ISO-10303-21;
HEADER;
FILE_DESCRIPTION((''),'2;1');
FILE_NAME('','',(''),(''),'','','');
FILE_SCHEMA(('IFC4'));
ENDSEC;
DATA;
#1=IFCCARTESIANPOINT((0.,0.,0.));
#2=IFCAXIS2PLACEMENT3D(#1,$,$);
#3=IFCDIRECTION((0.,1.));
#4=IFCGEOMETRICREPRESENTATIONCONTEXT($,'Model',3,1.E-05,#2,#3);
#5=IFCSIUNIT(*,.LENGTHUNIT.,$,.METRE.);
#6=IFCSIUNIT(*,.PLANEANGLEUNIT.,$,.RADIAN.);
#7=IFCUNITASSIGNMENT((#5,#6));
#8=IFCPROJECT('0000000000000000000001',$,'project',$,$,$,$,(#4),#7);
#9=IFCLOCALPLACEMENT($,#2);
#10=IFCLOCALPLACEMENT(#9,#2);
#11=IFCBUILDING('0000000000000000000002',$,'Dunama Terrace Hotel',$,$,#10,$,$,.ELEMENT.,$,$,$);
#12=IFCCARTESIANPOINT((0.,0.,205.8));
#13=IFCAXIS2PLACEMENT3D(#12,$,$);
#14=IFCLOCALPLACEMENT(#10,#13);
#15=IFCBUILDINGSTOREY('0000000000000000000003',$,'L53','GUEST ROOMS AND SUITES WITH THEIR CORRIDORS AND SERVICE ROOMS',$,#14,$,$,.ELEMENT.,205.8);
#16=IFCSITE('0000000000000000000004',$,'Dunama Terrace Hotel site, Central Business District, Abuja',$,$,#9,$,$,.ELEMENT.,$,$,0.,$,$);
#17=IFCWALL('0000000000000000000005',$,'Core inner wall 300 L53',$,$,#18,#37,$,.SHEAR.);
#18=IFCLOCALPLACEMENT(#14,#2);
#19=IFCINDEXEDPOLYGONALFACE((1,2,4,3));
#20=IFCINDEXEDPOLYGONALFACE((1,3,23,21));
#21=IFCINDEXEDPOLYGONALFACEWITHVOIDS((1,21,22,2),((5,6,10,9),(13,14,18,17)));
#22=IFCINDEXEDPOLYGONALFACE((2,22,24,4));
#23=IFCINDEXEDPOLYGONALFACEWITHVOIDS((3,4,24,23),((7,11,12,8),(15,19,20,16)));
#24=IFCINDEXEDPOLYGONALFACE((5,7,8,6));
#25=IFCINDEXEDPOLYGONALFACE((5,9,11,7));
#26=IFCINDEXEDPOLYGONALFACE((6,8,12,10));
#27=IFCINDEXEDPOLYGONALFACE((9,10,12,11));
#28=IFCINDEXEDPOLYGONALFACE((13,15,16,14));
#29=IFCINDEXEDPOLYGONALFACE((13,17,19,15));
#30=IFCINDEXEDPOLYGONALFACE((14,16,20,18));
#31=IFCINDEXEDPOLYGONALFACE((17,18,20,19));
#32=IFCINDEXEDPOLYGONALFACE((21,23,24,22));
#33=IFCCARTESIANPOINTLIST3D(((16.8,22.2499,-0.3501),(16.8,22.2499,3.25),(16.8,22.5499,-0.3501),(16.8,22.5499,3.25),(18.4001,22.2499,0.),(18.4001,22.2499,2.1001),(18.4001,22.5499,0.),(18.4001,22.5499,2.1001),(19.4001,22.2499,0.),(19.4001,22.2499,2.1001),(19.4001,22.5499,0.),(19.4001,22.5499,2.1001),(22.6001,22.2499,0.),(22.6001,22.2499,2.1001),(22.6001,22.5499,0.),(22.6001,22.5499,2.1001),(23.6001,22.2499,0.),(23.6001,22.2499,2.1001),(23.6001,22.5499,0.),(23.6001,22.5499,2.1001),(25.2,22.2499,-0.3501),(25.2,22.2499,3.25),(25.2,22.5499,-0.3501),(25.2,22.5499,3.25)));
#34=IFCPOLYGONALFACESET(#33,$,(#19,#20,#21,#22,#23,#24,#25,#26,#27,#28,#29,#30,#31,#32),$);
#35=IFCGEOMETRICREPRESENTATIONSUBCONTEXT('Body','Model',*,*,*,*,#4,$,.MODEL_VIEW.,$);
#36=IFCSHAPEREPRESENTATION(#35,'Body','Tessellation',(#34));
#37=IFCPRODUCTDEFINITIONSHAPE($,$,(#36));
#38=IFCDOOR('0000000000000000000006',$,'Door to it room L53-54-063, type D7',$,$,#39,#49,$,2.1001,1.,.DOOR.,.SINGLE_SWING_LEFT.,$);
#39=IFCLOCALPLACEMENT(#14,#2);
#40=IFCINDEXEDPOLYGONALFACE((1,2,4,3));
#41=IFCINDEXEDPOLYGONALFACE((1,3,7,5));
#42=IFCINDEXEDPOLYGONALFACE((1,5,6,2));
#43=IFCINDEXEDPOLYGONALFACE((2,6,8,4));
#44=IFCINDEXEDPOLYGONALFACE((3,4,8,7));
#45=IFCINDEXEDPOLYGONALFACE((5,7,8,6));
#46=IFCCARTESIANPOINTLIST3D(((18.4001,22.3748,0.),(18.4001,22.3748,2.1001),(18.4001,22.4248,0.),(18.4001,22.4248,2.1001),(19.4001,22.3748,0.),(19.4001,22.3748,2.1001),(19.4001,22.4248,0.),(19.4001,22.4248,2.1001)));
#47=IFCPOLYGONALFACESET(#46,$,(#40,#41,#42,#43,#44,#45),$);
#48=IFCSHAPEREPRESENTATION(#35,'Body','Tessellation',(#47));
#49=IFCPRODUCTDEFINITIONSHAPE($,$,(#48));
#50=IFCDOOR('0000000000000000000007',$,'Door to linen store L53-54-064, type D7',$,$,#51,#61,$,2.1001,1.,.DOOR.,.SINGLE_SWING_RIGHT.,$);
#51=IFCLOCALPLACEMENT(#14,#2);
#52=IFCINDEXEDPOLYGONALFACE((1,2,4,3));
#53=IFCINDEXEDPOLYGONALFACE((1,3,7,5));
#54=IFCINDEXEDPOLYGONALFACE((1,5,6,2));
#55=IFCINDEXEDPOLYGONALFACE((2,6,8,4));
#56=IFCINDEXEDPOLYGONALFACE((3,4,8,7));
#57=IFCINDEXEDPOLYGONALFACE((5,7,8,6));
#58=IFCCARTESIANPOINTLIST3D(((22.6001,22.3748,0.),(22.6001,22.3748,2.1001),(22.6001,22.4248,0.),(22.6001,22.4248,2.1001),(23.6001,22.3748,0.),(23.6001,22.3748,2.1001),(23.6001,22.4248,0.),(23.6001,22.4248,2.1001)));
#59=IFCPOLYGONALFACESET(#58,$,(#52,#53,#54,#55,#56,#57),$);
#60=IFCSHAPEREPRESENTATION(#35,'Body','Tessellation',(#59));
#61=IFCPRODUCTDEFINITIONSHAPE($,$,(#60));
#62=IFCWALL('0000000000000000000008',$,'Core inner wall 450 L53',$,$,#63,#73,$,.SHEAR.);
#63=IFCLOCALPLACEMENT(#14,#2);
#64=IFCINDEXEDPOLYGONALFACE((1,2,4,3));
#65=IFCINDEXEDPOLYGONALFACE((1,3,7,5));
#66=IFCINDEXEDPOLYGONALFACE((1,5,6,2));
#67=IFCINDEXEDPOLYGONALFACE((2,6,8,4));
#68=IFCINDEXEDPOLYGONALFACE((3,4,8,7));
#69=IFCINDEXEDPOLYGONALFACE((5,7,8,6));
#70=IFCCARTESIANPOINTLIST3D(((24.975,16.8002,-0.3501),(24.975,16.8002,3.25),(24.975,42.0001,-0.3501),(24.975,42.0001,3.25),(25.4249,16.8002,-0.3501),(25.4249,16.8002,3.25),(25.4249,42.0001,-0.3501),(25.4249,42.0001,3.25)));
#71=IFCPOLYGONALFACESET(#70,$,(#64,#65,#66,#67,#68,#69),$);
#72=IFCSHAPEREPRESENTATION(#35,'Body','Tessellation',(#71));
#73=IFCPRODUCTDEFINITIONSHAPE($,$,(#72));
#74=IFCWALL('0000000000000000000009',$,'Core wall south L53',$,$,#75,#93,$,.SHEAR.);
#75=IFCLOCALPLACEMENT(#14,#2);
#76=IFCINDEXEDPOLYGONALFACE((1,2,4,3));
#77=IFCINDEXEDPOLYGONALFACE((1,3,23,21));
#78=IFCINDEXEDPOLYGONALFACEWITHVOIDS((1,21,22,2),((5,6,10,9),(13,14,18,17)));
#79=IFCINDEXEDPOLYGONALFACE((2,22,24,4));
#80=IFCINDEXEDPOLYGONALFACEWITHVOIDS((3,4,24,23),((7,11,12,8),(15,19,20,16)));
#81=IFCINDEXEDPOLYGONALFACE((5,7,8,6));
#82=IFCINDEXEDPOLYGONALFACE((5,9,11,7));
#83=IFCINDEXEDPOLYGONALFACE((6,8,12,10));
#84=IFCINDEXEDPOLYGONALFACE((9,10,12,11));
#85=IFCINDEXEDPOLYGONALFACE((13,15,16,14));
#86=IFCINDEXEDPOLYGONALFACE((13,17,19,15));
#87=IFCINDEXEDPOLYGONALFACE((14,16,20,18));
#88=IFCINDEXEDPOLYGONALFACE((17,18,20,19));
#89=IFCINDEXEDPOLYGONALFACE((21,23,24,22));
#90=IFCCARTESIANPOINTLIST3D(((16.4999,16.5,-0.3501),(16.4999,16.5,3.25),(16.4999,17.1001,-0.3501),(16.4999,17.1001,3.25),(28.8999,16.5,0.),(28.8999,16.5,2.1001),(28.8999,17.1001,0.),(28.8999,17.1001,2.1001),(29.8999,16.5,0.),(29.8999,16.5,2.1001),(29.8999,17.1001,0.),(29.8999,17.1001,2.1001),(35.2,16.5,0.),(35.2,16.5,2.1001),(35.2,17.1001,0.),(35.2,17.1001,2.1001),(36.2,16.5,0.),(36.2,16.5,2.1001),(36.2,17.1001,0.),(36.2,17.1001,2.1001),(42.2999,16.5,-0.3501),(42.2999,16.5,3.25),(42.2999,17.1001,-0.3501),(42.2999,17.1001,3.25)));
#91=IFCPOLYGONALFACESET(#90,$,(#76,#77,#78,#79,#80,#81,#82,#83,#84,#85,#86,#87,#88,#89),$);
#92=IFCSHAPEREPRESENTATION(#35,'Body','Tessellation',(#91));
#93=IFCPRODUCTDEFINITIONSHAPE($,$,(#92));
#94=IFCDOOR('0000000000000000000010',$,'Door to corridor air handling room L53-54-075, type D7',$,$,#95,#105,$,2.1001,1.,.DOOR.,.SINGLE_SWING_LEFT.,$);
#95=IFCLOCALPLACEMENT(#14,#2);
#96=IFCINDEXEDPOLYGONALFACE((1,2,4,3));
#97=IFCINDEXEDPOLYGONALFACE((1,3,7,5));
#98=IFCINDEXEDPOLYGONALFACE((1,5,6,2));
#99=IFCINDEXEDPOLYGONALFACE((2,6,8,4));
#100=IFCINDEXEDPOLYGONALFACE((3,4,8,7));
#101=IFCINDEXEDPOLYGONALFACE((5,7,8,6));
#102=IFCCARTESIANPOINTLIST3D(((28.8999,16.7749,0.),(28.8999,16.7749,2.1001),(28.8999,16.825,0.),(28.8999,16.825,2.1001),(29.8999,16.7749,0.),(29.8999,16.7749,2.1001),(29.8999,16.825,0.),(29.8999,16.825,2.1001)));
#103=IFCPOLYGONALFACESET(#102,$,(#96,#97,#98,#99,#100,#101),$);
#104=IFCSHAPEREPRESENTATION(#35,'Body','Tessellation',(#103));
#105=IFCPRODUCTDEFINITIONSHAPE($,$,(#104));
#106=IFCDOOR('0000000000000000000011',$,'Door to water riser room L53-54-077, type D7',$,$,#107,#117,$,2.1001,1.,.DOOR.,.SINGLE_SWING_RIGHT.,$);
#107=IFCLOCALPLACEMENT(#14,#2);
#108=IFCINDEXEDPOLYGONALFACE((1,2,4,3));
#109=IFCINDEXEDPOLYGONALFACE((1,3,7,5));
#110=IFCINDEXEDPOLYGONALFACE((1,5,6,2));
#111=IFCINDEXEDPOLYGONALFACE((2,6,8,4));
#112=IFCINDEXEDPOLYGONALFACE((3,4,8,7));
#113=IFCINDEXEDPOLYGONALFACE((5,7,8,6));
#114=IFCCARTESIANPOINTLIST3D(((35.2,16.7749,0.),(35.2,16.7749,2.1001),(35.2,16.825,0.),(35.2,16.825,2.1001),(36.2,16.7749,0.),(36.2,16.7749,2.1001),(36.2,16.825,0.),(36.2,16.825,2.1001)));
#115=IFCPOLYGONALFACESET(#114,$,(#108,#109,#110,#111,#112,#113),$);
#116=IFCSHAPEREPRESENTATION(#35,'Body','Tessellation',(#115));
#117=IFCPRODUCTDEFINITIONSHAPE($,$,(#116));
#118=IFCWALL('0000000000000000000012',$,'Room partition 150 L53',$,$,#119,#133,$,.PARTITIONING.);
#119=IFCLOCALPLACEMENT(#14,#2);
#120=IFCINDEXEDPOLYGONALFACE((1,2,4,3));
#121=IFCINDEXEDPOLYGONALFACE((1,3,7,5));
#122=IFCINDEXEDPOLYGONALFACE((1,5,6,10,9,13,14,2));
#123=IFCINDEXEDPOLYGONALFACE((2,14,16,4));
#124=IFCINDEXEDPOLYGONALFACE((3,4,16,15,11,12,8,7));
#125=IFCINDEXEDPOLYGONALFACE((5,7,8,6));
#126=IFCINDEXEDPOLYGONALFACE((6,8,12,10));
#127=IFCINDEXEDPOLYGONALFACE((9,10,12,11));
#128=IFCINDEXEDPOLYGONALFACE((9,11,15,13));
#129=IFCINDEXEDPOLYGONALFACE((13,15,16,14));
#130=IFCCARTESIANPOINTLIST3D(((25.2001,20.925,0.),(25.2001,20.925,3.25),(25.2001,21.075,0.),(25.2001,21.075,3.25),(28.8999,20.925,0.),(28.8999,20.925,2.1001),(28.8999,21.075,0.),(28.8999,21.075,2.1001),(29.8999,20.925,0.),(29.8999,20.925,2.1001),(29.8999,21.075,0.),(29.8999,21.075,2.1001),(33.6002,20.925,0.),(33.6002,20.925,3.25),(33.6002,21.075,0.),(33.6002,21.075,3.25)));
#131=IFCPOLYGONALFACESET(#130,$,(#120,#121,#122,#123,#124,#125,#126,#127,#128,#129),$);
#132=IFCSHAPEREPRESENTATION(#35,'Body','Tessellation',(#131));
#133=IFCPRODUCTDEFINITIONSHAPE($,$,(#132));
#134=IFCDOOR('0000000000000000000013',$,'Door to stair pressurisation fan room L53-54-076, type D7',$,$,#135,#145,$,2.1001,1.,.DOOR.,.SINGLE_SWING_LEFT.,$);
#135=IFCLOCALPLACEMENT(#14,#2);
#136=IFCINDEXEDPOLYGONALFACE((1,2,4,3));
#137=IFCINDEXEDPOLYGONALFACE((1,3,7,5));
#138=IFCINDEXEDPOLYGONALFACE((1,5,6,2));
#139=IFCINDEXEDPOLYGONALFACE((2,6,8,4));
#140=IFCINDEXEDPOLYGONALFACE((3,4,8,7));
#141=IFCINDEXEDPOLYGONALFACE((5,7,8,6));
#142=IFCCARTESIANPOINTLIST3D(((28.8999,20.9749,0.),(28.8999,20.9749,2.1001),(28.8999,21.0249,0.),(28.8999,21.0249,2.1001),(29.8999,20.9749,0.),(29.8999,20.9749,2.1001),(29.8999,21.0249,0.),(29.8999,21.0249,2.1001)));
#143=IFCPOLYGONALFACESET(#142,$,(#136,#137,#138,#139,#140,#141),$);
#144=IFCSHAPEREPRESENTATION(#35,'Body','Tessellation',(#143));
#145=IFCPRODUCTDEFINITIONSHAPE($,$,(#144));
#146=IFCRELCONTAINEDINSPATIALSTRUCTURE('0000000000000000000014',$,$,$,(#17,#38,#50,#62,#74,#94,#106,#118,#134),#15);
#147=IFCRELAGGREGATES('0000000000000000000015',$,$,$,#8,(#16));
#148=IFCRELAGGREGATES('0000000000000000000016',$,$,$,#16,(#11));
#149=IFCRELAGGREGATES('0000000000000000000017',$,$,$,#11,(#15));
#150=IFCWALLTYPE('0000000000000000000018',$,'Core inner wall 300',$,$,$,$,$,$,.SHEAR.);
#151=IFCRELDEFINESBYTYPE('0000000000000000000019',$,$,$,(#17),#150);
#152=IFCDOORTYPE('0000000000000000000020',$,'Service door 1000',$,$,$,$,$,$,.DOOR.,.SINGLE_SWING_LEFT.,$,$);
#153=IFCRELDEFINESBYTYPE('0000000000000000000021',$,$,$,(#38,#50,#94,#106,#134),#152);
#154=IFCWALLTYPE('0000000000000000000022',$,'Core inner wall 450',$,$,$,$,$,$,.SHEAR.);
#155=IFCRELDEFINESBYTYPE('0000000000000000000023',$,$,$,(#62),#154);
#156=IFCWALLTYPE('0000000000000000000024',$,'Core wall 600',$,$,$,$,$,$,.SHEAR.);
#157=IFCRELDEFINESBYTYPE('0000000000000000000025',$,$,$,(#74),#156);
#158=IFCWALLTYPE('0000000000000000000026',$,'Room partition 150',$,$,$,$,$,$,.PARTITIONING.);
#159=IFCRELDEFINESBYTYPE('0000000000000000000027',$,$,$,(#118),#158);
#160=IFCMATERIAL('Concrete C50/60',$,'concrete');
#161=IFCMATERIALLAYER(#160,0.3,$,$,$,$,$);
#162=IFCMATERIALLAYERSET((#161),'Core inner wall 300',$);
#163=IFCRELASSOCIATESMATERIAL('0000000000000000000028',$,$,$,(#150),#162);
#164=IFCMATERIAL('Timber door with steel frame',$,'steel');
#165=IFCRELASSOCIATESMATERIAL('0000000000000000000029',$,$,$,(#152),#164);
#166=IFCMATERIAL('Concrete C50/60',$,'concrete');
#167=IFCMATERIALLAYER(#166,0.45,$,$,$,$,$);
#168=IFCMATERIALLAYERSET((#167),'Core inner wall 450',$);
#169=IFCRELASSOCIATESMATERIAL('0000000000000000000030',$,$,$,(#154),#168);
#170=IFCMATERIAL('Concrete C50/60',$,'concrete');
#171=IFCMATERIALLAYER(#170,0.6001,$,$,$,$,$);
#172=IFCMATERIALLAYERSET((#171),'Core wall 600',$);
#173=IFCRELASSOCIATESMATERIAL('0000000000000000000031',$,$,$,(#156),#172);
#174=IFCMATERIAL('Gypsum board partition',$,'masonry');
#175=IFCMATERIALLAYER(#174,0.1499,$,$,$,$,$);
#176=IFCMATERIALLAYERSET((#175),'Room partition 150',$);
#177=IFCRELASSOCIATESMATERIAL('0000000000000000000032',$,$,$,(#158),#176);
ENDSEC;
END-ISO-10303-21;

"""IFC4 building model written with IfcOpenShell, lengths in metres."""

from ifc_helpers import new_model, si_unit, direction, frame, frame_2d, origin, place, context, subcontext, project, spatial, rectangle, extrude, material, layer, layer_set, type_object, element, fill, save


model = new_model("IFC4")

# Units and contexts
model_context = context("Model", 3, precision=1e-05, world=origin(), true_north=direction((0.0, 1.0)))
body_context = subcontext(model_context, "Body", "Model", "MODEL_VIEW")
ifc_project = project(units=[si_unit("LENGTHUNIT", "METRE"), si_unit("PLANEANGLEUNIT", "RADIAN")], contexts=[model_context])

# Site, building, storey
site_placement = place(None, origin())
site = spatial("IfcSite", under=ifc_project, at=site_placement, Name="Dunama Terrace Hotel site, Central Business District, Abuja", CompositionType="ELEMENT", RefElevation=0.0)
building_placement = place(site_placement, origin())
building = spatial("IfcBuilding", under=site, at=building_placement, Name="Dunama Terrace Hotel", CompositionType="ELEMENT")
storey_placement = place(building_placement, frame((0.0, 0.0, 205.8)))
storey = spatial("IfcBuildingStorey", under=building, at=storey_placement, Name="L53", Description="GUEST ROOMS AND SUITES WITH THEIR CORRIDORS AND SERVICE ROOMS", CompositionType="ELEMENT", Elevation=205.8)

# Shared definitions
ifc_material_1 = material(Name="Concrete C50/60", Category="concrete")
ifc_layer_1 = layer(ifc_material_1, 0.3)
ifc_layer_set_1 = layer_set([ifc_layer_1], Name="Core inner wall 300")
wall_type_1 = type_object("IfcWallType", Name="Core inner wall 300", PredefinedType="SHEAR", material=ifc_layer_set_1)

# Wall, openings, doors
ifc_material_2 = material(Name="Timber door with steel frame", Category="steel")
door_type_1 = type_object("IfcDoorType", Name="Service door 1000", OperationType="SINGLE_SWING_LEFT", PredefinedType="DOOR", material=ifc_material_2)
wall_1_placement = place(storey_placement, frame((16.8, 22.3999, -0.3501), z_axis=(0.0, 0.0, 1.0), x_axis=(1.0, 0.0, 0.0)))
wall_1 = element("IfcWall", 1, at=wall_1_placement, inside=storey, type_object=wall_type_1, Name="Core inner wall 300 L53", PredefinedType="SHEAR", context=body_context, shape_type="SweptSolid", body=[
    extrude(rectangle(XDim=8.3999, YDim=0.3, at=frame_2d((4.2, 0.0))), origin(), (0.0, 0.0, 1.0), 3.6001),
])
opening_1_placement = place(wall_1_placement, frame((1.6001, 0.0, 0.3501)))
opening_1 = element("IfcOpeningElement", 2, at=opening_1_placement, cuts=wall_1, PredefinedType="OPENING", context=body_context, shape_type="SweptSolid", body=[
    extrude(rectangle(XDim=1.0, YDim=2.1001, at=frame_2d((0.5, 1.05))), frame((0.0, 0.1599, 0.0), z_axis=(0.0, -1.0, 0.0), x_axis=(1.0, 0.0, 0.0)), (0.0, 0.0, 1.0), 0.3201),
])
opening_2_placement = place(wall_1_placement, frame((5.8, 0.0, 0.3501)))
opening_2 = element("IfcOpeningElement", 3, at=opening_2_placement, cuts=wall_1, PredefinedType="OPENING", context=body_context, shape_type="SweptSolid", body=[
    extrude(rectangle(XDim=1.0, YDim=2.1001, at=frame_2d((0.5, 1.05))), frame((0.0, 0.1599, 0.0), z_axis=(0.0, -1.0, 0.0), x_axis=(1.0, 0.0, 0.0)), (0.0, 0.0, 1.0), 0.3201),
])
door_1_placement = place(opening_1_placement, origin())
door_1 = element("IfcDoor", 4, at=door_1_placement, inside=storey, type_object=door_type_1, Name="Door to it room L53-54-063, type D7", OperationType="SINGLE_SWING_LEFT", OverallHeight=2.1001, OverallWidth=1.0, PredefinedType="DOOR", context=body_context, shape_type="SweptSolid", body=[
    extrude(rectangle(XDim=1.0, YDim=2.1001, at=frame_2d((0.5, 1.05))), frame((0.0, 0.0249, 0.0), z_axis=(0.0, -1.0, 0.0), x_axis=(1.0, 0.0, 0.0)), (0.0, 0.0, 1.0), 0.05),
])
fill(opening_1, door_1)
door_2_placement = place(opening_2_placement, origin())
door_2 = element("IfcDoor", 5, at=door_2_placement, inside=storey, type_object=door_type_1, Name="Door to linen store L53-54-064, type D7", OperationType="SINGLE_SWING_RIGHT", OverallHeight=2.1001, OverallWidth=1.0, PredefinedType="DOOR", context=body_context, shape_type="SweptSolid", body=[
    extrude(rectangle(XDim=1.0, YDim=2.1001, at=frame_2d((0.5, 1.05))), frame((0.0, 0.0249, 0.0), z_axis=(0.0, -1.0, 0.0), x_axis=(1.0, 0.0, 0.0)), (0.0, 0.0, 1.0), 0.05),
])
fill(opening_2, door_2)

# Wall
ifc_material_3 = material(Name="Concrete C50/60", Category="concrete")
ifc_layer_2 = layer(ifc_material_3, 0.45)
ifc_layer_set_2 = layer_set([ifc_layer_2], Name="Core inner wall 450")
wall_type_2 = type_object("IfcWallType", Name="Core inner wall 450", PredefinedType="SHEAR", material=ifc_layer_set_2)
wall_2_placement = place(storey_placement, frame((25.2, 16.8, -0.3501), z_axis=(0.0, 0.0, 1.0), x_axis=(0.0, 1.0, 0.0)))
element("IfcWall", 6, at=wall_2_placement, inside=storey, type_object=wall_type_2, Name="Core inner wall 450 L53", PredefinedType="SHEAR", context=body_context, shape_type="SweptSolid", body=[
    extrude(rectangle(XDim=25.2, YDim=0.45, at=frame_2d((12.6001, 0.0))), origin(), (0.0, 0.0, 1.0), 3.6001),
])

# Wall, openings, doors
ifc_material_4 = material(Name="Concrete C50/60", Category="concrete")
ifc_layer_3 = layer(ifc_material_4, 0.6001)
ifc_layer_set_3 = layer_set([ifc_layer_3], Name="Core wall 600")
wall_type_3 = type_object("IfcWallType", Name="Core wall 600", PredefinedType="SHEAR", material=ifc_layer_set_3)
wall_3_placement = place(storey_placement, frame((16.5, 16.8, -0.3501), z_axis=(0.0, 0.0, 1.0), x_axis=(1.0, 0.0, 0.0)))
wall_3 = element("IfcWall", 7, at=wall_3_placement, inside=storey, type_object=wall_type_3, Name="Core wall south L53", PredefinedType="SHEAR", context=body_context, shape_type="SweptSolid", body=[
    extrude(rectangle(XDim=25.8, YDim=0.6001, at=frame_2d((12.8999, 0.0))), origin(), (0.0, 0.0, 1.0), 3.6001),
])
opening_3_placement = place(wall_3_placement, frame((12.3999, 0.0, 0.3501)))
opening_3 = element("IfcOpeningElement", 8, at=opening_3_placement, cuts=wall_3, PredefinedType="OPENING", context=body_context, shape_type="SweptSolid", body=[
    extrude(rectangle(XDim=1.0, YDim=2.1001, at=frame_2d((0.5, 1.05))), frame((0.0, 0.3101, 0.0), z_axis=(0.0, -1.0, 0.0), x_axis=(1.0, 0.0, 0.0)), (0.0, 0.0, 1.0), 0.6201),
])
opening_4_placement = place(wall_3_placement, frame((18.7, 0.0, 0.3501)))
opening_4 = element("IfcOpeningElement", 9, at=opening_4_placement, cuts=wall_3, PredefinedType="OPENING", context=body_context, shape_type="SweptSolid", body=[
    extrude(rectangle(XDim=1.0, YDim=2.1001, at=frame_2d((0.5, 1.05))), frame((0.0, 0.3101, 0.0), z_axis=(0.0, -1.0, 0.0), x_axis=(1.0, 0.0, 0.0)), (0.0, 0.0, 1.0), 0.6201),
])
door_3_placement = place(opening_3_placement, origin())
door_3 = element("IfcDoor", 10, at=door_3_placement, inside=storey, type_object=door_type_1, Name="Door to corridor air handling room L53-54-075, type D7", OperationType="SINGLE_SWING_LEFT", OverallHeight=2.1001, OverallWidth=1.0, PredefinedType="DOOR", context=body_context, shape_type="SweptSolid", body=[
    extrude(rectangle(XDim=1.0, YDim=2.1001, at=frame_2d((0.5, 1.05))), frame((0.0, 0.0249, 0.0), z_axis=(0.0, -1.0, 0.0), x_axis=(1.0, 0.0, 0.0)), (0.0, 0.0, 1.0), 0.05),
])
fill(opening_3, door_3)
door_4_placement = place(opening_4_placement, origin())
door_4 = element("IfcDoor", 11, at=door_4_placement, inside=storey, type_object=door_type_1, Name="Door to water riser room L53-54-077, type D7", OperationType="SINGLE_SWING_RIGHT", OverallHeight=2.1001, OverallWidth=1.0, PredefinedType="DOOR", context=body_context, shape_type="SweptSolid", body=[
    extrude(rectangle(XDim=1.0, YDim=2.1001, at=frame_2d((0.5, 1.05))), frame((0.0, 0.0249, 0.0), z_axis=(0.0, -1.0, 0.0), x_axis=(1.0, 0.0, 0.0)), (0.0, 0.0, 1.0), 0.05),
])
fill(opening_4, door_4)

# Wall, opening, door
ifc_material_5 = material(Name="Gypsum board partition", Category="masonry")
ifc_layer_4 = layer(ifc_material_5, 0.1499)
ifc_layer_set_4 = layer_set([ifc_layer_4], Name="Room partition 150")
wall_type_4 = type_object("IfcWallType", Name="Room partition 150", PredefinedType="PARTITIONING", material=ifc_layer_set_4)
wall_4_placement = place(storey_placement, frame((25.2, 21.0, 0.0), z_axis=(0.0, 0.0, 1.0), x_axis=(1.0, 0.0, 0.0)))
wall_4 = element("IfcWall", 12, at=wall_4_placement, inside=storey, type_object=wall_type_4, Name="Room partition 150 L53", PredefinedType="PARTITIONING", context=body_context, shape_type="SweptSolid", body=[
    extrude(rectangle(XDim=8.4001, YDim=0.1499, at=frame_2d((4.2002, 0.0))), origin(), (0.0, 0.0, 1.0), 3.25),
])
opening_5_placement = place(wall_4_placement, frame((3.7, 0.0, 0.0)))
opening_5 = element("IfcOpeningElement", 13, at=opening_5_placement, cuts=wall_4, PredefinedType="OPENING", context=body_context, shape_type="SweptSolid", body=[
    extrude(rectangle(XDim=1.0, YDim=2.1001, at=frame_2d((0.5, 1.05))), frame((0.0, 0.085, 0.0), z_axis=(0.0, -1.0, 0.0), x_axis=(1.0, 0.0, 0.0)), (0.0, 0.0, 1.0), 0.1699),
])
door_5_placement = place(opening_5_placement, origin())
door_5 = element("IfcDoor", 14, at=door_5_placement, inside=storey, type_object=door_type_1, Name="Door to stair pressurisation fan room L53-54-076, type D7", OperationType="SINGLE_SWING_LEFT", OverallHeight=2.1001, OverallWidth=1.0, PredefinedType="DOOR", context=body_context, shape_type="SweptSolid", body=[
    extrude(rectangle(XDim=1.0, YDim=2.1001, at=frame_2d((0.5, 1.05))), frame((0.0, 0.0249, 0.0), z_axis=(0.0, -1.0, 0.0), x_axis=(1.0, 0.0, 0.0)), (0.0, 0.0, 1.0), 0.05),
])
fill(opening_5, door_5)

save(model, "model.ifc")
